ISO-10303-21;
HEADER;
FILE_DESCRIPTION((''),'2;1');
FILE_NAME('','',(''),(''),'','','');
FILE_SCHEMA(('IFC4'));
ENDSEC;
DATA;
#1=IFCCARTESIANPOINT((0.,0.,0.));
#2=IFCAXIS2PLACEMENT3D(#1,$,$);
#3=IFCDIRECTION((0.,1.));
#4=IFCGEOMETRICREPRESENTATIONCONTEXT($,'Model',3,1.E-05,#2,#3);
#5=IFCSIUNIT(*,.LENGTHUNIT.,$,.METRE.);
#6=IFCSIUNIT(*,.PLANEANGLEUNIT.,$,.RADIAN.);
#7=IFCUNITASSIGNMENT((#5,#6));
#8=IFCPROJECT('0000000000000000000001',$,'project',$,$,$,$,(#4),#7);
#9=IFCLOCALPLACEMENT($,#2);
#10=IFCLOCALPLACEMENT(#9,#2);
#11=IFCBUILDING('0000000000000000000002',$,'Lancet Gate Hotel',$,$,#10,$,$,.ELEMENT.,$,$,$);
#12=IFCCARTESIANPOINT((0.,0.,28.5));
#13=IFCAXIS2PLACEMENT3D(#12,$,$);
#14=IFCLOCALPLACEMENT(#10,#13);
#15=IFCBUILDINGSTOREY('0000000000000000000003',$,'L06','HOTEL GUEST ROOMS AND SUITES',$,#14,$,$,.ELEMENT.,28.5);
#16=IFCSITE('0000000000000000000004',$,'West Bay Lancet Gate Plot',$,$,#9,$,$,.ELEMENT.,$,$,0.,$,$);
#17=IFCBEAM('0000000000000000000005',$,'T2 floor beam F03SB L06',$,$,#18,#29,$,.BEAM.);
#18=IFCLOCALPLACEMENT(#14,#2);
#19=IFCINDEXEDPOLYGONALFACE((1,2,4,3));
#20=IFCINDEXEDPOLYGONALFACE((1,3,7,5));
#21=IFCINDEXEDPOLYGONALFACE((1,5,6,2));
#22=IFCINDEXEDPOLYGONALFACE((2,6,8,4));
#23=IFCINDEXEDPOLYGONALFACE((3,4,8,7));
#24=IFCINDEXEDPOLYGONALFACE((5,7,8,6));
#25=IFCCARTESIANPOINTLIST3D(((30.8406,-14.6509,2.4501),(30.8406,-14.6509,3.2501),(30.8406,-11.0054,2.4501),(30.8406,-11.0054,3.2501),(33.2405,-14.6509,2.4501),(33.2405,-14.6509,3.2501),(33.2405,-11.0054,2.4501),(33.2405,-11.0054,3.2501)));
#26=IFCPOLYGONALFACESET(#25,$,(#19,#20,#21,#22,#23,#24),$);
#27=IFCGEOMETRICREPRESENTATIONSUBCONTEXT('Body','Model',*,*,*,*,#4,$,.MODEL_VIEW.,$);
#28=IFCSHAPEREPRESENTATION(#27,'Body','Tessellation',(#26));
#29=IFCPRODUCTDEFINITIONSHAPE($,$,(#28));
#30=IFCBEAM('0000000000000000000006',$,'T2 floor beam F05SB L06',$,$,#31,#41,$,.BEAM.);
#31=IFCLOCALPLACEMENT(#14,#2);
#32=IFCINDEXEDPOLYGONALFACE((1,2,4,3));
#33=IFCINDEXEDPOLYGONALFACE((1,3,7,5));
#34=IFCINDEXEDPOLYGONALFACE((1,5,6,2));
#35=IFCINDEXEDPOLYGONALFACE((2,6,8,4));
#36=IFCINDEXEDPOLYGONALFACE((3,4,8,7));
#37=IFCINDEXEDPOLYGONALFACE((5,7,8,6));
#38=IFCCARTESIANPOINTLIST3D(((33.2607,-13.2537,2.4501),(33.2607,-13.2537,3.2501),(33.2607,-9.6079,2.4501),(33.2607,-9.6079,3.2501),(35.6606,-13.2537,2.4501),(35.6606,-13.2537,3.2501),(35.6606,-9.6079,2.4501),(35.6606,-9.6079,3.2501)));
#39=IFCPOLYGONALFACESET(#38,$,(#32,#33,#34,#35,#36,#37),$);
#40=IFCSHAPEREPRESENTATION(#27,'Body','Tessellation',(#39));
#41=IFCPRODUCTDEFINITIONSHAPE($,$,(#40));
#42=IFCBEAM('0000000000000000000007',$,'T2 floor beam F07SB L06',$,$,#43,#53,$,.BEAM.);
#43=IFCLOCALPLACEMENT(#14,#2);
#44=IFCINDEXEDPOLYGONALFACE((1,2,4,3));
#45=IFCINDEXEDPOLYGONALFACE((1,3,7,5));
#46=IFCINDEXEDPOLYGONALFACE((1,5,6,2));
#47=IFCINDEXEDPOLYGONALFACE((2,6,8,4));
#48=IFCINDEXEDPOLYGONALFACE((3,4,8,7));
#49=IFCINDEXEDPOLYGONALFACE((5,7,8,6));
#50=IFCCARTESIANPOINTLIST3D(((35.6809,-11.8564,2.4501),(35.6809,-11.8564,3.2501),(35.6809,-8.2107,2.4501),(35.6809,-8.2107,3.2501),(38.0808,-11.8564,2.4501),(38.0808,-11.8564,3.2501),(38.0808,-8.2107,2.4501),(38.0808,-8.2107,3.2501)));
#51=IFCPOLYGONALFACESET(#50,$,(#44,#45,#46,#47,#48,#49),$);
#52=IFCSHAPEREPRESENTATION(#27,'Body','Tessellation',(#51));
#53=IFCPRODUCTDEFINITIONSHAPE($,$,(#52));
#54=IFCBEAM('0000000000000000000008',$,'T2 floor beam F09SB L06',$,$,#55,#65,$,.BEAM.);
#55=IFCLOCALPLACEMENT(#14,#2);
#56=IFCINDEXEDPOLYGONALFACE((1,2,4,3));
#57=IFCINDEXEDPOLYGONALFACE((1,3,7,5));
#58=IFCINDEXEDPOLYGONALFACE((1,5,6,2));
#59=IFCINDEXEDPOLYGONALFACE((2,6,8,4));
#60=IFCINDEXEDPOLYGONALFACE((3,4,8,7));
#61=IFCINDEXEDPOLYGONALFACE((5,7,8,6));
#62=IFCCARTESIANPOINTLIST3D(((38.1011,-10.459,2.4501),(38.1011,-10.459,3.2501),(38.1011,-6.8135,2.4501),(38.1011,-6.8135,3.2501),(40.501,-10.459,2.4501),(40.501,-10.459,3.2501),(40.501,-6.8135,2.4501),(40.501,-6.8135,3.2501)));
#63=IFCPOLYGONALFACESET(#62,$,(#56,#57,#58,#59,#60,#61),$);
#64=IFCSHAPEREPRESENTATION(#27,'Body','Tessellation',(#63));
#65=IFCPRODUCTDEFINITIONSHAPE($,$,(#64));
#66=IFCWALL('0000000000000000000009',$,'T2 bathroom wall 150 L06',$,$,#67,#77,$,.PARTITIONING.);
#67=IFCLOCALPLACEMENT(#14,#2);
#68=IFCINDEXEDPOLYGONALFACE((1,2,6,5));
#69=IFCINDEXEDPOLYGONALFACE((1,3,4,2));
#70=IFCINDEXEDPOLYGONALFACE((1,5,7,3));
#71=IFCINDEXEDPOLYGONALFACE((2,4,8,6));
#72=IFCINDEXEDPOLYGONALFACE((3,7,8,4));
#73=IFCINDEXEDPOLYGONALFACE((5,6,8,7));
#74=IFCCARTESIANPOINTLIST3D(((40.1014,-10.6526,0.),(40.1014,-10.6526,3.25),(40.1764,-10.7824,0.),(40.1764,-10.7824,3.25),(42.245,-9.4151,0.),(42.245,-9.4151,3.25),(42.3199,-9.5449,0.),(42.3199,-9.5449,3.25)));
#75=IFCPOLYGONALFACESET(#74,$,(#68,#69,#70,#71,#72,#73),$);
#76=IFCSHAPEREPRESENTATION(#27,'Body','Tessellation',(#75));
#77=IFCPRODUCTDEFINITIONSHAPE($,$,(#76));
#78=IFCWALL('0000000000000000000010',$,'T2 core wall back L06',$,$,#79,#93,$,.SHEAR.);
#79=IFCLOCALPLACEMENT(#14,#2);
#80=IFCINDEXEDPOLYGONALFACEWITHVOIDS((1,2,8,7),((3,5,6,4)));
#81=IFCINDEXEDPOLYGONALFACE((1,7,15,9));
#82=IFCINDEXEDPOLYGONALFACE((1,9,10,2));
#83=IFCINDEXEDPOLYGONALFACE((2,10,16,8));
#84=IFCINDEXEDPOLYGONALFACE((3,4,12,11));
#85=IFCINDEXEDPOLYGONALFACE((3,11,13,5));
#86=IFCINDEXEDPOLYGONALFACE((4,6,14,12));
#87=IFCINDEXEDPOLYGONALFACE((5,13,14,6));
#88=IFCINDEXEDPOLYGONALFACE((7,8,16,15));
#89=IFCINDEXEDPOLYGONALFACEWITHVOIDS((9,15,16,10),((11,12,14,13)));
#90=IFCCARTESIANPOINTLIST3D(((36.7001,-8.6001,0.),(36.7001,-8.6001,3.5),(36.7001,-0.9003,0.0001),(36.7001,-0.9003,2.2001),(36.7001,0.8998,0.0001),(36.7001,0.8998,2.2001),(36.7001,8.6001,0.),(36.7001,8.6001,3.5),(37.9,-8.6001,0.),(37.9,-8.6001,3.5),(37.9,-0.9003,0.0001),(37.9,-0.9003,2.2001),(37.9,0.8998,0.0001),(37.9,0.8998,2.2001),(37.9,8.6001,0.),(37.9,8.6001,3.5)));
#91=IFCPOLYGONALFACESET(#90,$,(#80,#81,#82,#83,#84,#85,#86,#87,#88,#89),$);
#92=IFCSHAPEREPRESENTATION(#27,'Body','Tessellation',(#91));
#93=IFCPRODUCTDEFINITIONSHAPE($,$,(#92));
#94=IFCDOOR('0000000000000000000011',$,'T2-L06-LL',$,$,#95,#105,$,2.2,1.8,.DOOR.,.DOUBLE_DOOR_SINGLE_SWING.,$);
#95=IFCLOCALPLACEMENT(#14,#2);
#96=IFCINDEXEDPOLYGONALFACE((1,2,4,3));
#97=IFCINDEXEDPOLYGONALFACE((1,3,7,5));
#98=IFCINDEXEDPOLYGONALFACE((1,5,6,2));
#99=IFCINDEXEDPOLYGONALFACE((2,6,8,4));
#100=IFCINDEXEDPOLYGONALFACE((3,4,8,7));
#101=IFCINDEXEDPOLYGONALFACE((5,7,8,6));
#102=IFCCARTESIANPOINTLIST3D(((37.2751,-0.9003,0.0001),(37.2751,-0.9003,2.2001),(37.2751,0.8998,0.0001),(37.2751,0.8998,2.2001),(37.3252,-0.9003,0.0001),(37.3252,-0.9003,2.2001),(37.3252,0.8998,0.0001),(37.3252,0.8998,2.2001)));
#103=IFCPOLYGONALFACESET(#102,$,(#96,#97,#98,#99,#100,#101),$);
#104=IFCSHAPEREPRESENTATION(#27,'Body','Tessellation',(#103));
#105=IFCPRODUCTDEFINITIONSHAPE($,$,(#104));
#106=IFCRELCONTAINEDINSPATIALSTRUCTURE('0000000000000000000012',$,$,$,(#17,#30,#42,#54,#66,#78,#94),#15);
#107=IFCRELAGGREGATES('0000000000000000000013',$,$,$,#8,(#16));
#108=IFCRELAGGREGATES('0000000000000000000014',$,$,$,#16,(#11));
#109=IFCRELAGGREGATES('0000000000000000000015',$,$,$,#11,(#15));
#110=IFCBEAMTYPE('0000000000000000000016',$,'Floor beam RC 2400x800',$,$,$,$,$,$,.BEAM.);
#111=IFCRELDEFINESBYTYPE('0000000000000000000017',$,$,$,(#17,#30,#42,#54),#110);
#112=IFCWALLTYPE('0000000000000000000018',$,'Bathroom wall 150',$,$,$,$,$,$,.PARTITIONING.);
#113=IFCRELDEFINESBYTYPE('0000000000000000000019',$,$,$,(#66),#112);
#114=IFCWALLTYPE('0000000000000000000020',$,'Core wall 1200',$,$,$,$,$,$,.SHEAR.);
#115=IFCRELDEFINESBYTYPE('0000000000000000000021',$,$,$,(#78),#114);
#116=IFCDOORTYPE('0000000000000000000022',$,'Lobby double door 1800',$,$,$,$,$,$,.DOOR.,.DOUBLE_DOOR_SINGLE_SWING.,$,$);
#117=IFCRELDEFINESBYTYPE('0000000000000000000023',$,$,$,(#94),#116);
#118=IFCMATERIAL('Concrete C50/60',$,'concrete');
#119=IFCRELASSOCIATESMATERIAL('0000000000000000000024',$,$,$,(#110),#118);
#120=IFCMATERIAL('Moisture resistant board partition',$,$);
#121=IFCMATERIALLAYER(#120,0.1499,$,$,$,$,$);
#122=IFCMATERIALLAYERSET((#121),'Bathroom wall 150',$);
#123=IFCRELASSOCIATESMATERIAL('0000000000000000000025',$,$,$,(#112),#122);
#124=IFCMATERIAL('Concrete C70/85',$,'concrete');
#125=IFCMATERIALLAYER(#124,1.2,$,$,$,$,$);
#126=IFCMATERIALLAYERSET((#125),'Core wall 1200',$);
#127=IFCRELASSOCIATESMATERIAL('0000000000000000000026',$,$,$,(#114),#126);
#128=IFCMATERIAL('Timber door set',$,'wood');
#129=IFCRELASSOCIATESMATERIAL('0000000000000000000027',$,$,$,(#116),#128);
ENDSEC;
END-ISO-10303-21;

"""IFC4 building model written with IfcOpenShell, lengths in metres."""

from ifc_helpers import new_model, si_unit, direction, frame, frame_2d, origin, origin_2d, place, context, subcontext, project, spatial, rectangle, extrude, material, layer, layer_set, material_profile, profile_set, type_object, element, fill, save


model = new_model("IFC4")

# Units and contexts
model_context = context("Model", 3, precision=1e-05, world=origin(), true_north=direction((0.0, 1.0)))
body_context = subcontext(model_context, "Body", "Model", "MODEL_VIEW")
ifc_project = project(units=[si_unit("LENGTHUNIT", "METRE"), si_unit("PLANEANGLEUNIT", "RADIAN")], contexts=[model_context])

# Site, building, storey
site_placement = place(None, origin())
site = spatial("IfcSite", under=ifc_project, at=site_placement, Name="West Bay Lancet Gate Plot", CompositionType="ELEMENT", RefElevation=0.0)
building_placement = place(site_placement, origin())
building = spatial("IfcBuilding", under=site, at=building_placement, Name="Lancet Gate Hotel", CompositionType="ELEMENT")
storey_placement = place(building_placement, frame((0.0, 0.0, 28.5)))
storey = spatial("IfcBuildingStorey", under=building, at=storey_placement, Name="L06", Description="HOTEL GUEST ROOMS AND SUITES", CompositionType="ELEMENT", Elevation=28.5)

# Beams
ifc_material_1 = material(Name="Concrete C50/60", Category="concrete")
ifc_material_profile = material_profile(ifc_material_1, rectangle(XDim=2.3999, YDim=0.8, at=origin_2d()), Name="RC 2400x800")
ifc_profile_set = profile_set([ifc_material_profile], Name="Concrete C50/60")
beam_type = type_object("IfcBeamType", Name="Floor beam RC 2400x800", PredefinedType="BEAM", material=ifc_profile_set)
beam_1_placement = place(storey_placement, frame((32.0405, -14.6509, 2.8501), z_axis=(0.0, 1.0, 0.0), x_axis=(-1.0, 0.0, 0.0)))
element("IfcBeam", 1, at=beam_1_placement, inside=storey, type_object=beam_type, Name="T2 floor beam F03SB L06", PredefinedType="BEAM", context=body_context, shape_type="SweptSolid", body=[
    extrude(rectangle(XDim=2.3999, YDim=0.8, at=origin_2d()), origin(), (0.0, 0.0, 1.0), 3.6455),
])
for number, where, z_axis, x_axis, name in (
    (2, (34.4607, -13.2537, 2.8501), (0.0, 1.0, 0.0), (-1.0, 0.0, 0.0), "T2 floor beam F05SB L06"),
    (3, (36.8809, -11.8564, 2.8501), (0.0, 1.0, 0.0), (-1.0, 0.0, 0.0), "T2 floor beam F07SB L06"),
):
    element("IfcBeam", number, at=place(storey_placement, frame(where, z_axis=z_axis, x_axis=x_axis)), inside=storey, type_object=beam_type, Name=name, PredefinedType="BEAM", context=body_context, shape_type="SweptSolid", body=[
        extrude(rectangle(XDim=2.3999, YDim=0.8, at=origin_2d()), origin(), (0.0, 0.0, 1.0), 3.6458),
    ])
beam_2_placement = place(storey_placement, frame((39.301, -10.459, 2.8501), z_axis=(0.0, 1.0, 0.0), x_axis=(-1.0, 0.0, 0.0)))
element("IfcBeam", 4, at=beam_2_placement, inside=storey, type_object=beam_type, Name="T2 floor beam F09SB L06", PredefinedType="BEAM", context=body_context, shape_type="SweptSolid", body=[
    extrude(rectangle(XDim=2.3999, YDim=0.8, at=origin_2d()), origin(), (0.0, 0.0, 1.0), 3.6455),
])

# Wall
ifc_material_2 = material(Name="Moisture resistant board partition")
ifc_layer_1 = layer(ifc_material_2, 0.1499)
ifc_layer_set_1 = layer_set([ifc_layer_1], Name="Bathroom wall 150")
wall_type_1 = type_object("IfcWallType", Name="Bathroom wall 150", PredefinedType="PARTITIONING", material=ifc_layer_set_1)
wall_1_placement = place(storey_placement, frame((40.1389, -10.7175, 0.0), z_axis=(0.0, 0.0, 1.0), x_axis=(0.866031, 0.49999, 0.0)))
element("IfcWall", 5, at=wall_1_placement, inside=storey, type_object=wall_type_1, Name="T2 bathroom wall 150 L06", PredefinedType="PARTITIONING", context=body_context, shape_type="SweptSolid", body=[
    extrude(rectangle(XDim=2.4751, YDim=0.1499, at=frame_2d((1.2375, 0.0))), origin(), (0.0, 0.0, 1.0), 3.25),
])

# Wall, opening, door
ifc_material_3 = material(Name="Concrete C70/85", Category="concrete")
ifc_layer_2 = layer(ifc_material_3, 1.2)
ifc_layer_set_2 = layer_set([ifc_layer_2], Name="Core wall 1200")
wall_type_2 = type_object("IfcWallType", Name="Core wall 1200", PredefinedType="SHEAR", material=ifc_layer_set_2)
wall_2_placement = place(storey_placement, frame((37.3, -8.6001, 0.0), z_axis=(0.0, 0.0, 1.0), x_axis=(0.0, 1.0, 0.0)))
wall_2 = element("IfcWall", 6, at=wall_2_placement, inside=storey, type_object=wall_type_2, Name="T2 core wall back L06", PredefinedType="SHEAR", context=body_context, shape_type="SweptSolid", body=[
    extrude(rectangle(XDim=17.2002, YDim=1.2, at=frame_2d((8.6001, 0.0))), origin(), (0.0, 0.0, 1.0), 3.5),
])
opening_1_placement = place(wall_2_placement, frame((7.7, 0.0, 0.0)))
opening_1 = element("IfcOpeningElement", 7, at=opening_1_placement, cuts=wall_2, PredefinedType="OPENING", context=body_context, shape_type="SweptSolid", body=[
    extrude(rectangle(XDim=1.8, YDim=2.2, at=frame_2d((0.8999, 1.1001))), frame((0.0, 0.6099, 0.0), z_axis=(0.0, -1.0, 0.0), x_axis=(1.0, 0.0, 0.0)), (0.0, 0.0, 1.0), 1.22),
])
ifc_material_4 = material(Name="Timber door set", Category="wood")
door_type_1 = type_object("IfcDoorType", Name="Lobby double door 1800", OperationType="DOUBLE_DOOR_SINGLE_SWING", PredefinedType="DOOR", material=ifc_material_4)
door_1_placement = place(opening_1_placement, origin())
door_1 = element("IfcDoor", 8, at=door_1_placement, inside=storey, type_object=door_type_1, Name="T2-L06-LL", OperationType="DOUBLE_DOOR_SINGLE_SWING", OverallHeight=2.2, OverallWidth=1.8, PredefinedType="DOOR", context=body_context, shape_type="SweptSolid", body=[
    extrude(rectangle(XDim=1.8, YDim=2.2, at=frame_2d((0.8999, 1.1001))), frame((0.0, 0.0249, 0.0), z_axis=(0.0, -1.0, 0.0), x_axis=(1.0, 0.0, 0.0)), (0.0, 0.0, 1.0), 0.05),
])
fill(opening_1, door_1)

save(model, "model.ifc")
